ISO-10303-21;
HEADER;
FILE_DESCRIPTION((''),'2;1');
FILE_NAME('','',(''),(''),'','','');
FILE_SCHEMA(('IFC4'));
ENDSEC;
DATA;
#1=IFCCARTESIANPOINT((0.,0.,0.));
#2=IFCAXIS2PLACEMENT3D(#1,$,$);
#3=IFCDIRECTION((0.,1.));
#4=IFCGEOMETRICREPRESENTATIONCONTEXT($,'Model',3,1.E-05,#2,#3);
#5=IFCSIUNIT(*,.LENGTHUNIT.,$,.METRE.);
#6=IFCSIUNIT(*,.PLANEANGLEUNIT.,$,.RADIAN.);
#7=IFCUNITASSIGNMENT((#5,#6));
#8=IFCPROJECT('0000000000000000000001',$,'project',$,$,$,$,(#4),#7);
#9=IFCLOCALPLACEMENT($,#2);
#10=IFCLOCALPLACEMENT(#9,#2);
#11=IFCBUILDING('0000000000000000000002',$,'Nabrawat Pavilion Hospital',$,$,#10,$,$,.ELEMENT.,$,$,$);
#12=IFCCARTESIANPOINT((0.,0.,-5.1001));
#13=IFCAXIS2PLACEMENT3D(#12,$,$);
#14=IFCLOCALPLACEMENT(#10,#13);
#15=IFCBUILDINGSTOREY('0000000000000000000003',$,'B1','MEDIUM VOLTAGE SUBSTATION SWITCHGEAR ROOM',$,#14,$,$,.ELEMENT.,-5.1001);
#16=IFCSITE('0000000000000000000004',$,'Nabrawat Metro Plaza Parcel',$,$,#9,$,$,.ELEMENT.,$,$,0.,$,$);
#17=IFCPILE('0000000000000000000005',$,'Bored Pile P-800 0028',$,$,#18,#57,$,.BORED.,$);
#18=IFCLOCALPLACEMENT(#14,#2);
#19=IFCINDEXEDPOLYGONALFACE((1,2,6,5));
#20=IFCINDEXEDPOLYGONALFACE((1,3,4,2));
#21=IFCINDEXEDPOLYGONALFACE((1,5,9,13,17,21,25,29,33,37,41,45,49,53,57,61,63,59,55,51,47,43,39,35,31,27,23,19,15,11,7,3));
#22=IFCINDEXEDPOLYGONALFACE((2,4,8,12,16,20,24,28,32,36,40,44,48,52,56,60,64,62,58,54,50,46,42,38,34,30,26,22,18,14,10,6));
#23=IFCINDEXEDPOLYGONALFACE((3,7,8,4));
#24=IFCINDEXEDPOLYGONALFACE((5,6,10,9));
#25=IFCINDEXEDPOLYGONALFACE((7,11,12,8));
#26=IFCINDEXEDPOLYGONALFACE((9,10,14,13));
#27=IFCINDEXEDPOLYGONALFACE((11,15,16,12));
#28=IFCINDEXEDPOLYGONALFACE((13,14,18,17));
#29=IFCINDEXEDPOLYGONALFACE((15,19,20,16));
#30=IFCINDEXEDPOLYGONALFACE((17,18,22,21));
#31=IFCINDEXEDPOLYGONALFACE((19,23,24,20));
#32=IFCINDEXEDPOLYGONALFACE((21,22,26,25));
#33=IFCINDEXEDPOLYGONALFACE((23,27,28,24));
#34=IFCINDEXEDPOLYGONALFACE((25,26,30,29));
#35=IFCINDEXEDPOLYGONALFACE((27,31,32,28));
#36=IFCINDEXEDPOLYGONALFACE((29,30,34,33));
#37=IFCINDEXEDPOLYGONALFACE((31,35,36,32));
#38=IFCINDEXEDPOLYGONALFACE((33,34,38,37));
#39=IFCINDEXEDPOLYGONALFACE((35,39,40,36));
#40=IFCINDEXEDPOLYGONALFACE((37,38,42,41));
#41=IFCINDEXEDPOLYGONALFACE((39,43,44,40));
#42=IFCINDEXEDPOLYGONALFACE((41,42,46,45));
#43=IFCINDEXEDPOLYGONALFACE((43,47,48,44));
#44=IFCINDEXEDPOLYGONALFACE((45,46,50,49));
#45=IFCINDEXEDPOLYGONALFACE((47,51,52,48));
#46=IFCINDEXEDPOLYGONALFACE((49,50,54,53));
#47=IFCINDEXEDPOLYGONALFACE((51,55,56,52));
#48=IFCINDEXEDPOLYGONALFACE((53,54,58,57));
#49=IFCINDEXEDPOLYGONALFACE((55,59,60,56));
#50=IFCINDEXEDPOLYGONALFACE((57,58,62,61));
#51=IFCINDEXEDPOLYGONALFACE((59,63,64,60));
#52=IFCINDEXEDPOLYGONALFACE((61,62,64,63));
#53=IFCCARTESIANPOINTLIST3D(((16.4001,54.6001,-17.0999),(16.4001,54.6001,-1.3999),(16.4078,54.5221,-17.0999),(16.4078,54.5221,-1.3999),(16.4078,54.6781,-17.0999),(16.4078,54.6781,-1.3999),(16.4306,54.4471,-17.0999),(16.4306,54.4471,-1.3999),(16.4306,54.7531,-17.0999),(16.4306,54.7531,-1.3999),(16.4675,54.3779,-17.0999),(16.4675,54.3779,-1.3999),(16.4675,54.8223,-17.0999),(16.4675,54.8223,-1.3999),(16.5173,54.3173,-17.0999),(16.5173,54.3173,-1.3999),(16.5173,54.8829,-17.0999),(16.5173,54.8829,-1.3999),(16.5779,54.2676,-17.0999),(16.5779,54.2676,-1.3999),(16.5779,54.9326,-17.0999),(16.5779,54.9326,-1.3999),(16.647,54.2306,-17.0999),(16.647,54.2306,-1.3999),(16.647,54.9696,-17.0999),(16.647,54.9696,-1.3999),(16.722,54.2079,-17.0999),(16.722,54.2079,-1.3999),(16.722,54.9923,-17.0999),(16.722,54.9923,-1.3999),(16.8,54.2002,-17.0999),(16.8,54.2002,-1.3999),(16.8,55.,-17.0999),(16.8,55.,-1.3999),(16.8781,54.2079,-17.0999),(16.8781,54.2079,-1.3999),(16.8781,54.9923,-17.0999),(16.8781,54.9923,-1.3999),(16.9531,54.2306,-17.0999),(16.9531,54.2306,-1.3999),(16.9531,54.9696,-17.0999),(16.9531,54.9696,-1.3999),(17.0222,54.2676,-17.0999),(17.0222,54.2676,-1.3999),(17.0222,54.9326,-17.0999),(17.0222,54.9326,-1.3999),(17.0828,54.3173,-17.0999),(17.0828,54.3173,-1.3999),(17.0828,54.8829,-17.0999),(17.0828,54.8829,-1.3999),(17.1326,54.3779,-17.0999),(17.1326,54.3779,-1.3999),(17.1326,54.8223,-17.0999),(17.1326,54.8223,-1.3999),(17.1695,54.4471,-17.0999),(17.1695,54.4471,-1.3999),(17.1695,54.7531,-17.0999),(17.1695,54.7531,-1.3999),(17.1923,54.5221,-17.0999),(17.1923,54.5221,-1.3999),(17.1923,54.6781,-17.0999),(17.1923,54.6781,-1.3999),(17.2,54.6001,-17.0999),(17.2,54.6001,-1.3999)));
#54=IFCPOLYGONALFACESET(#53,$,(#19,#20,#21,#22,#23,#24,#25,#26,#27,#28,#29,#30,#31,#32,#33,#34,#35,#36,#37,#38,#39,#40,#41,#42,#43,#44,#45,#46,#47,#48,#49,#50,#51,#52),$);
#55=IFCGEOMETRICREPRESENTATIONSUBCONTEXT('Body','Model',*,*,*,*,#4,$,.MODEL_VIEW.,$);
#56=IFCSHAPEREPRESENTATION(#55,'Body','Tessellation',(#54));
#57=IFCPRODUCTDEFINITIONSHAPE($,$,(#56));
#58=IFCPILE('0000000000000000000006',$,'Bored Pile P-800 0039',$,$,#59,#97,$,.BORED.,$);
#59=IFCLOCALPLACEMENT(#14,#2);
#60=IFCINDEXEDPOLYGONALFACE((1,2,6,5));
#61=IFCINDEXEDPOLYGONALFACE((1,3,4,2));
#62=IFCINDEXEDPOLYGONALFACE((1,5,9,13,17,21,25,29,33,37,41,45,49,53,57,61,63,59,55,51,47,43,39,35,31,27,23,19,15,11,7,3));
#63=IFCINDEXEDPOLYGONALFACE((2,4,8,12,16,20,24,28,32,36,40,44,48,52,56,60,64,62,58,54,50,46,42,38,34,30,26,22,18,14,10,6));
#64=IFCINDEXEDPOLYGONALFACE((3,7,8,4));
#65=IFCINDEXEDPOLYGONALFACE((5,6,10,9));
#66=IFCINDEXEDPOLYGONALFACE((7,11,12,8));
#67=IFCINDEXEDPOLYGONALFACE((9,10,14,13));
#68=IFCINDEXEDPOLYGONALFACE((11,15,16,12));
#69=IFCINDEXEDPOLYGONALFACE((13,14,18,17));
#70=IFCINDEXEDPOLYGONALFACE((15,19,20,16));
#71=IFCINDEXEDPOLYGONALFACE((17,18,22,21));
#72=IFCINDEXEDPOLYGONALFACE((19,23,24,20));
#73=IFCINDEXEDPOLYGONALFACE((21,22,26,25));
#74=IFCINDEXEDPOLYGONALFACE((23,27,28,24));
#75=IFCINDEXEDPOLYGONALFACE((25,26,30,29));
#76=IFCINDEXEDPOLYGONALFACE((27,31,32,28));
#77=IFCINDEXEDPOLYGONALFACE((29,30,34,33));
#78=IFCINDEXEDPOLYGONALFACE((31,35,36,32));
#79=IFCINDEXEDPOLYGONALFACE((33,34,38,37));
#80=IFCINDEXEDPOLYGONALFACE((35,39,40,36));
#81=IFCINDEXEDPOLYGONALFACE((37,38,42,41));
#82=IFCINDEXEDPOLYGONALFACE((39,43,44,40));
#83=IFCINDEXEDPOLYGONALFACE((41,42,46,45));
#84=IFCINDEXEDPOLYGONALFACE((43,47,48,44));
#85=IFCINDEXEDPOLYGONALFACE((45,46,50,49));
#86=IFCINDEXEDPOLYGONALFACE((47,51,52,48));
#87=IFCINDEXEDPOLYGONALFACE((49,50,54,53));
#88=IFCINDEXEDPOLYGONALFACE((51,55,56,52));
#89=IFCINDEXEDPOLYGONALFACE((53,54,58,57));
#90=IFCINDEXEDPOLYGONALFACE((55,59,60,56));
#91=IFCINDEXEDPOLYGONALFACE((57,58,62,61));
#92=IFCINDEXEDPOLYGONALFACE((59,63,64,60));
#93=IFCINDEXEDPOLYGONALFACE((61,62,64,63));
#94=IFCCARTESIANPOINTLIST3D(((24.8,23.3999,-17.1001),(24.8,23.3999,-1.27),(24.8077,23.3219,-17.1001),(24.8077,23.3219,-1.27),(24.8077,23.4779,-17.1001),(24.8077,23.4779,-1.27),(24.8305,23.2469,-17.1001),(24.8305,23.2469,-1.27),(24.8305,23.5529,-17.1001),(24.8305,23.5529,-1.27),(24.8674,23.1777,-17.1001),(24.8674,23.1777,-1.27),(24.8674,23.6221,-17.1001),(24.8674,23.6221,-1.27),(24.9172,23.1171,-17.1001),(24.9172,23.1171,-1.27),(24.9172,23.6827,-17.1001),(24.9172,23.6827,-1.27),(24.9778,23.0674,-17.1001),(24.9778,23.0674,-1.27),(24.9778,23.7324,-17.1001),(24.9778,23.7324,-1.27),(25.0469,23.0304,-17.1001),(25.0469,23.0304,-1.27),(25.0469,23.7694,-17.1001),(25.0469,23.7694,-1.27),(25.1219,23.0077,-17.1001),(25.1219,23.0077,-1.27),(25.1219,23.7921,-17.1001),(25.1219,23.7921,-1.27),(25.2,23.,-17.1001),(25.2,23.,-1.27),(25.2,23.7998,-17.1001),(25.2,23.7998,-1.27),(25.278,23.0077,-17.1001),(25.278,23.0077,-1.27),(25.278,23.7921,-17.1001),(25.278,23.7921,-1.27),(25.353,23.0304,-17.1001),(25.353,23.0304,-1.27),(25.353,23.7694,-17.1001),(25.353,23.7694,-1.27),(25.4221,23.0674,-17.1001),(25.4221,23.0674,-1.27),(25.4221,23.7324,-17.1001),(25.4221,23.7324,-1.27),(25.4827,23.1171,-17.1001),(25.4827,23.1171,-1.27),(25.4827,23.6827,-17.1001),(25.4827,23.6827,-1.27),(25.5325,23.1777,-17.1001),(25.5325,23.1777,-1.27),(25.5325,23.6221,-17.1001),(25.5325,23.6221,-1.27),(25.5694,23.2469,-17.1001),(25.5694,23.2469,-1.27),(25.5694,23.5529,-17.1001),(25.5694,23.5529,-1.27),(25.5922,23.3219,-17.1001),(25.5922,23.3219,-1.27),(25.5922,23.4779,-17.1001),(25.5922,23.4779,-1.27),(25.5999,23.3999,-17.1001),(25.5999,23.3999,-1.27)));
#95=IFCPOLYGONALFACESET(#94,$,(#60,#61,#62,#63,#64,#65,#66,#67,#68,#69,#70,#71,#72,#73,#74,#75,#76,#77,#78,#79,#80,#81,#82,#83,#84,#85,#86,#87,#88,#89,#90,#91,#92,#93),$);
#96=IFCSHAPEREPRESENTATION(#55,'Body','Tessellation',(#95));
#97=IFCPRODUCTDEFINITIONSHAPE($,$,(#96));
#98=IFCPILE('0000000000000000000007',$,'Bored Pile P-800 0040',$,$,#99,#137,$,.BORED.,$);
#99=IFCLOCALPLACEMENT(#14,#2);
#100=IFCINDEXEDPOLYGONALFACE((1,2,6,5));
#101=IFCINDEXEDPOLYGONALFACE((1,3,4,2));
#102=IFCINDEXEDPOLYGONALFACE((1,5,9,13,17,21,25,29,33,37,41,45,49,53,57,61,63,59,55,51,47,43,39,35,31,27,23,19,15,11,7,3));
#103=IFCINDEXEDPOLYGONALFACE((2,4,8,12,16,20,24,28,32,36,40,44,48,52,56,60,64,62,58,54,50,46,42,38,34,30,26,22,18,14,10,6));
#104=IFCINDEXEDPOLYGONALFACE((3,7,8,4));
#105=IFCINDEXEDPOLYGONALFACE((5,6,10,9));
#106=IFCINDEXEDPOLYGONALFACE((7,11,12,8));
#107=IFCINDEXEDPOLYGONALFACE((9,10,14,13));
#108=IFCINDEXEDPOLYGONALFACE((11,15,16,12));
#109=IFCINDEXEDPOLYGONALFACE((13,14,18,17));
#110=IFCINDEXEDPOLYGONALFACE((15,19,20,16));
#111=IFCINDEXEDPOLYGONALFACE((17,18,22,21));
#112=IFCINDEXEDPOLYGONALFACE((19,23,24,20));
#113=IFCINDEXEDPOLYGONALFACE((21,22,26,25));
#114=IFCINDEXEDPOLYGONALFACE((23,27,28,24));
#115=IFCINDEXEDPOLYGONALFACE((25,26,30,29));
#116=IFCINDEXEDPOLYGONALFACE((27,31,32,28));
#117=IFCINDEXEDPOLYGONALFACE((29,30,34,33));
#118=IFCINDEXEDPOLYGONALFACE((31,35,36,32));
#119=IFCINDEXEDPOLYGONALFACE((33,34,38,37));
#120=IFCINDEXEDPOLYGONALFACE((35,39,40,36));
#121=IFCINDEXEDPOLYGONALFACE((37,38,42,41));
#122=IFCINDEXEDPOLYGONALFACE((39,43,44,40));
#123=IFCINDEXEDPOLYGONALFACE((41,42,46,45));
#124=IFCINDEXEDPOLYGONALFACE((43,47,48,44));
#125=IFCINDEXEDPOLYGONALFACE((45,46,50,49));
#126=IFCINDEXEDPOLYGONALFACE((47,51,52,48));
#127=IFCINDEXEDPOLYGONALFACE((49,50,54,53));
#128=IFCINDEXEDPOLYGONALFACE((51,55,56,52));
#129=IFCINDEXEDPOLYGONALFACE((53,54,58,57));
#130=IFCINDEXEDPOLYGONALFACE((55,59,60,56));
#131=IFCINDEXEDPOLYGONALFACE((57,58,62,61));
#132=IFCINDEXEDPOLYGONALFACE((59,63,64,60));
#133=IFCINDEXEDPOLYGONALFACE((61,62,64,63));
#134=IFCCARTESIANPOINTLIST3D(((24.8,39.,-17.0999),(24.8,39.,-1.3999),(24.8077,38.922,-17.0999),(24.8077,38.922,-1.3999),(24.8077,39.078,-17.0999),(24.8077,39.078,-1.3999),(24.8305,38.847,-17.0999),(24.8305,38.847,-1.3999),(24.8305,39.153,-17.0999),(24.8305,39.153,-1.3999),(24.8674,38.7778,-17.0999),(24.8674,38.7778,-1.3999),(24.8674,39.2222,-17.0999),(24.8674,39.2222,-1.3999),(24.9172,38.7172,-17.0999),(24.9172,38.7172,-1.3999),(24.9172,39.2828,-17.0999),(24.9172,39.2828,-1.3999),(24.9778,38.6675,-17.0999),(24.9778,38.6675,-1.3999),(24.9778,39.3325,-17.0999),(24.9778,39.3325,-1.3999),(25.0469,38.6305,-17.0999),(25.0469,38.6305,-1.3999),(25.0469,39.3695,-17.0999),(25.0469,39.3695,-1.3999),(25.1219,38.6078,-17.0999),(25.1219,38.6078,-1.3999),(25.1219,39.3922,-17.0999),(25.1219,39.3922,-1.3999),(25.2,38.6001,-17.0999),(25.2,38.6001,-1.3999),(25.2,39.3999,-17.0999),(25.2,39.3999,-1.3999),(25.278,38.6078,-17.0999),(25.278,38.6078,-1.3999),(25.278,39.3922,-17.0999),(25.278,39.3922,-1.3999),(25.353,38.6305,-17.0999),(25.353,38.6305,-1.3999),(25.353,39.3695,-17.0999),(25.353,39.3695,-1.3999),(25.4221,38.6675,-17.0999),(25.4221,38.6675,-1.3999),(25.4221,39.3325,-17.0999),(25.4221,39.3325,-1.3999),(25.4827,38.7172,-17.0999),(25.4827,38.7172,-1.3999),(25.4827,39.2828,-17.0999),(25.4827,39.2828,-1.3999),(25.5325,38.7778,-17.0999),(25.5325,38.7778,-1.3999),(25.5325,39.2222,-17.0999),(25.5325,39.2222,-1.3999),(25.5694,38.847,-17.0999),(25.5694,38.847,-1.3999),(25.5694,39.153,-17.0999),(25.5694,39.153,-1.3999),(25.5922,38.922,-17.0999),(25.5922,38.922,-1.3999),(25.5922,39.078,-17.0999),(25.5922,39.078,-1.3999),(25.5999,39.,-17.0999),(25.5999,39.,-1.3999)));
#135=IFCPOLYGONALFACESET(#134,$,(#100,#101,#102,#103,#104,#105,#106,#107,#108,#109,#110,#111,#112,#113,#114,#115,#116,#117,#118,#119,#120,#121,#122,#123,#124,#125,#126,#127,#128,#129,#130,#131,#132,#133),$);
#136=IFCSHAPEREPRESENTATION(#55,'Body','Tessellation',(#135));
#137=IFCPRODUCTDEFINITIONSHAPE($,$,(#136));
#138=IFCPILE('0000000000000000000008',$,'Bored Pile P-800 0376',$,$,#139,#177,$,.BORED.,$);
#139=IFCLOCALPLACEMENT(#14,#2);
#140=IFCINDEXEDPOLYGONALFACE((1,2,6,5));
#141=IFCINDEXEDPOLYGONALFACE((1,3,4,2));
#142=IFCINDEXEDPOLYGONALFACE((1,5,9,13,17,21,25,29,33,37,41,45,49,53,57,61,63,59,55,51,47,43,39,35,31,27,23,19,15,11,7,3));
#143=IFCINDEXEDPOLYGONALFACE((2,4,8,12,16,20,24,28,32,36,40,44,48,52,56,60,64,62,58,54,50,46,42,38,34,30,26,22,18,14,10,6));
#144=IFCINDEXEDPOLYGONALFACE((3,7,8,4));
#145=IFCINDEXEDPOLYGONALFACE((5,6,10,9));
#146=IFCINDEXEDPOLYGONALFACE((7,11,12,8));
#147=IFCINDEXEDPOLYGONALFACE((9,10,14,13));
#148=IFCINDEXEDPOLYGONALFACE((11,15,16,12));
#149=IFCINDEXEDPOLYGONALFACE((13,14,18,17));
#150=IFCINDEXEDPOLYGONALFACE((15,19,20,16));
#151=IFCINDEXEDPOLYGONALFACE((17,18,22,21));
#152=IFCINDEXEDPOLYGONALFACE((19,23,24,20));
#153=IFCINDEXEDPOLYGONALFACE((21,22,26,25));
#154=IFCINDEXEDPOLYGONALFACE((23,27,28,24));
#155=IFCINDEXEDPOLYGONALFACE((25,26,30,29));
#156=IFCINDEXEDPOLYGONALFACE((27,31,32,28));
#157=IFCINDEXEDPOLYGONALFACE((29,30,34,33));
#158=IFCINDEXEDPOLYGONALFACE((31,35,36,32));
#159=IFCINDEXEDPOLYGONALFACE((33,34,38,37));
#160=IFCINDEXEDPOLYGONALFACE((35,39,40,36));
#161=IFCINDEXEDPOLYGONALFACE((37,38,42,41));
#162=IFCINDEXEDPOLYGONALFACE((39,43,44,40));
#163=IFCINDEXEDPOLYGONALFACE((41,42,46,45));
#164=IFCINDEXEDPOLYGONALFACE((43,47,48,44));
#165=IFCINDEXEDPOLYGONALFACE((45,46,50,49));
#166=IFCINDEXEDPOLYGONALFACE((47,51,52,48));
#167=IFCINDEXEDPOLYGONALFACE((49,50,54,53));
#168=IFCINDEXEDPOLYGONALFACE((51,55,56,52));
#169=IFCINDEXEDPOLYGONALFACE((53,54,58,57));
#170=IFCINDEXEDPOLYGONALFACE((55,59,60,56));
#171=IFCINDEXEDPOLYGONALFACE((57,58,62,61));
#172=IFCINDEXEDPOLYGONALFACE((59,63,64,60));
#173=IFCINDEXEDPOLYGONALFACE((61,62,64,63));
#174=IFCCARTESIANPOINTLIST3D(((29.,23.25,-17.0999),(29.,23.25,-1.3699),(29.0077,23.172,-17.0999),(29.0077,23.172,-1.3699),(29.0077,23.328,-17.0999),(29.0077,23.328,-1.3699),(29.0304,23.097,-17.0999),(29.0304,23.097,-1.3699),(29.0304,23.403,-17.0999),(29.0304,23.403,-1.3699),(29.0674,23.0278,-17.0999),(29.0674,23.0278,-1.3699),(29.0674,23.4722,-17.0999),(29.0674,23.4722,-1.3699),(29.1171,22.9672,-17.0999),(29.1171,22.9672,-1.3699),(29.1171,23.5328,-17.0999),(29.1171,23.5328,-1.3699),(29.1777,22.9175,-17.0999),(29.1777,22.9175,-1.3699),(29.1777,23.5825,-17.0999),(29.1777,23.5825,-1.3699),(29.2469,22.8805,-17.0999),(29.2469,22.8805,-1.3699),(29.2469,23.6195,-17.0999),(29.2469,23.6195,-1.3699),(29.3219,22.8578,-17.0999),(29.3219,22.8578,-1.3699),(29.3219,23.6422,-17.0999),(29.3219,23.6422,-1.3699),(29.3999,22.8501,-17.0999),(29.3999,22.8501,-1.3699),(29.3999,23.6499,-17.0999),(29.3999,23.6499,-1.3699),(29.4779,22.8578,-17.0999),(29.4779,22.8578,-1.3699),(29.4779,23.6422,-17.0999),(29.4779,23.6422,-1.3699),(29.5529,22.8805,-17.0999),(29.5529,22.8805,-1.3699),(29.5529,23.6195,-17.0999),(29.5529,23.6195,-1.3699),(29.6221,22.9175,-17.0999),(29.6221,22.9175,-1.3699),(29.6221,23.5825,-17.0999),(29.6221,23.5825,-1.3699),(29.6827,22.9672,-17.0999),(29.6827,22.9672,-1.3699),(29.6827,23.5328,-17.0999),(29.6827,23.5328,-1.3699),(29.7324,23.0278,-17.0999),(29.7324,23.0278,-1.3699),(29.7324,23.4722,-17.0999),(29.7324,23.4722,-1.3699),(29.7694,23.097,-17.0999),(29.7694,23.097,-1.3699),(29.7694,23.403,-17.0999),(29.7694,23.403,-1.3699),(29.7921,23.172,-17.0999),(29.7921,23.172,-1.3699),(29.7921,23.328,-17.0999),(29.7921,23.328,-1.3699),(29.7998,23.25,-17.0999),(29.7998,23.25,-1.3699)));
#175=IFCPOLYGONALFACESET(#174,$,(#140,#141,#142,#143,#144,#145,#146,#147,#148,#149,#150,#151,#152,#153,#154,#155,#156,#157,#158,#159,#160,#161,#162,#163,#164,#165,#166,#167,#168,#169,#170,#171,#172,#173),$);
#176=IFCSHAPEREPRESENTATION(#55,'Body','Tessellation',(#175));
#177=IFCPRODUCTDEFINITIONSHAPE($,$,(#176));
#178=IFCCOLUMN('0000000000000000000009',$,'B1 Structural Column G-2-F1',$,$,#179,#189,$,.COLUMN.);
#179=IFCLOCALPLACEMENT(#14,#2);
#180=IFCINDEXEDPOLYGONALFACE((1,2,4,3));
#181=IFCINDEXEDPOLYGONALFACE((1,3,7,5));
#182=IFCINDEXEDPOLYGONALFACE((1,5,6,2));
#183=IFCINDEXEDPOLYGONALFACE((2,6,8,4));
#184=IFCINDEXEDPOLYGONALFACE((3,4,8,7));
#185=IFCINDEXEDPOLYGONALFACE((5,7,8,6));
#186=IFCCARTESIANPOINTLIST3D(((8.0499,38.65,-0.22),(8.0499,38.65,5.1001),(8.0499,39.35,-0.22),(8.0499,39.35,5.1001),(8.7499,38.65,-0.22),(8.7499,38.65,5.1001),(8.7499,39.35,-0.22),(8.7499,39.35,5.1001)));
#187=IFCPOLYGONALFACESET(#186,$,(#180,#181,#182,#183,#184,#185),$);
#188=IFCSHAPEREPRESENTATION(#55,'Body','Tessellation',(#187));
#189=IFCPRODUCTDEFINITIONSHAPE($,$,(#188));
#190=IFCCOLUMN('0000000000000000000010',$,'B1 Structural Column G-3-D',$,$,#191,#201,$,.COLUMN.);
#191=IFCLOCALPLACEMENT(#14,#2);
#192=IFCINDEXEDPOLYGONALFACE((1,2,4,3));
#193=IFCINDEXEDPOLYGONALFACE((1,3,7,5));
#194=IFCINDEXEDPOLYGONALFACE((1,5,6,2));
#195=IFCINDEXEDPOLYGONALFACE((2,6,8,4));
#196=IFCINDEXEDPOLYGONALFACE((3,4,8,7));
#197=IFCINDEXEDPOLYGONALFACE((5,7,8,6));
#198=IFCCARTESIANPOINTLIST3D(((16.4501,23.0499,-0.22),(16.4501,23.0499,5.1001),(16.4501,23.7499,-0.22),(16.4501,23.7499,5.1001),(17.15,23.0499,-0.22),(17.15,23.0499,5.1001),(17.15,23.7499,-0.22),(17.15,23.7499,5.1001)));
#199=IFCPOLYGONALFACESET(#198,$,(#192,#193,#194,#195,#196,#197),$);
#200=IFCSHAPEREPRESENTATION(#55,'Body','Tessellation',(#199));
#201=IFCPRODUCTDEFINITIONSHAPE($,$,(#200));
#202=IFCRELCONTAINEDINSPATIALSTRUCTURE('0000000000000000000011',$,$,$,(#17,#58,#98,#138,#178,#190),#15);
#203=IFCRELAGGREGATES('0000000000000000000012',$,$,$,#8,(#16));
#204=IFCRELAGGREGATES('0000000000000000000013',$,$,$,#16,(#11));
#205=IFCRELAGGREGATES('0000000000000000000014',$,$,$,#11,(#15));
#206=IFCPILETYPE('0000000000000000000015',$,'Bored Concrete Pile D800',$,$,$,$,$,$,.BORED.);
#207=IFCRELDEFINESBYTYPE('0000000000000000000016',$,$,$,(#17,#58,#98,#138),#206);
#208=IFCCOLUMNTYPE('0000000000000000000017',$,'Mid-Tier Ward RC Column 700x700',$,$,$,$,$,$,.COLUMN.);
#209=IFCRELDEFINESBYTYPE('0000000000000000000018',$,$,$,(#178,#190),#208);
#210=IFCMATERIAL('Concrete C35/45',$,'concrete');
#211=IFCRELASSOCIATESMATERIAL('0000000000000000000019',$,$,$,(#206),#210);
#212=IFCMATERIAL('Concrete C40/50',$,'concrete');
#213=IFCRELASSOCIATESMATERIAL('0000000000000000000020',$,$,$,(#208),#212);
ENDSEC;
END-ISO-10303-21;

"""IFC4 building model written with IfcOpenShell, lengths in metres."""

from ifc_helpers import new_model, si_unit, direction, frame, origin, origin_2d, place, context, subcontext, project, spatial, rectangle, circle, extrude, material, material_profile, profile_set, type_object, element, save


model = new_model("IFC4")

# Units and contexts
model_context = context("Model", 3, precision=1e-05, world=origin(), true_north=direction((0.0, 1.0)))
body_context = subcontext(model_context, "Body", "Model", "MODEL_VIEW")
ifc_project = project(units=[si_unit("LENGTHUNIT", "METRE"), si_unit("PLANEANGLEUNIT", "RADIAN")], contexts=[model_context])

# Site, building, storey
site_placement = place(None, origin())
site = spatial("IfcSite", under=ifc_project, at=site_placement, Name="Nabrawat Metro Plaza Parcel", CompositionType="ELEMENT", RefElevation=0.0)
building_placement = place(site_placement, origin())
building = spatial("IfcBuilding", under=site, at=building_placement, Name="Nabrawat Pavilion Hospital", CompositionType="ELEMENT")
storey_placement = place(building_placement, frame((0.0, 0.0, -5.1001)))
storey = spatial("IfcBuildingStorey", under=building, at=storey_placement, Name="B1", Description="MEDIUM VOLTAGE SUBSTATION SWITCHGEAR ROOM", CompositionType="ELEMENT", Elevation=-5.1001)

# Piles
ifc_material_1 = material(Name="Concrete C35/45", Category="concrete")
ifc_material_profile_1 = material_profile(ifc_material_1, circle(Radius=0.3999, at=origin_2d()), Name="DIA 800")
ifc_profile_set_1 = profile_set([ifc_material_profile_1], Name="Concrete C35/45")
pile_type_1 = type_object("IfcPileType", Name="Bored Concrete Pile D800", PredefinedType="BORED", material=ifc_profile_set_1)
for number, where, z_axis, x_axis, name in (
    (1, (16.8, 54.6001, -1.3999), (0.0, 0.0, -1.0), (1.0, 0.0, 0.0), "Bored Pile P-800 0028"),
):
    element("IfcPile", number, at=place(storey_placement, frame(where, z_axis=z_axis, x_axis=x_axis)), inside=storey, type_object=pile_type_1, Name=name, PredefinedType="BORED", context=body_context, shape_type="SweptSolid", body=[
        extrude(circle(Radius=0.3999, at=origin_2d()), origin(), (0.0, 0.0, 1.0), 15.7),
    ])
pile_1_placement = place(storey_placement, frame((25.2, 23.3999, -1.27), z_axis=(0.0, 0.0, -1.0), x_axis=(1.0, 0.0, 0.0)))
element("IfcPile", 2, at=pile_1_placement, inside=storey, type_object=pile_type_1, Name="Bored Pile P-800 0039", PredefinedType="BORED", context=body_context, shape_type="SweptSolid", body=[
    extrude(circle(Radius=0.3999, at=origin_2d()), origin(), (0.0, 0.0, 1.0), 15.8301),
])
pile_2_placement = place(storey_placement, frame((25.2, 39.0, -1.3999), z_axis=(0.0, 0.0, -1.0), x_axis=(1.0, 0.0, 0.0)))
element("IfcPile", 3, at=pile_2_placement, inside=storey, type_object=pile_type_1, Name="Bored Pile P-800 0040", PredefinedType="BORED", context=body_context, shape_type="SweptSolid", body=[
    extrude(circle(Radius=0.3999, at=origin_2d()), origin(), (0.0, 0.0, 1.0), 15.7),
])
pile_3_placement = place(storey_placement, frame((29.3999, 23.25, -1.3699), z_axis=(0.0, 0.0, -1.0), x_axis=(1.0, 0.0, 0.0)))
element("IfcPile", 4, at=pile_3_placement, inside=storey, type_object=pile_type_1, Name="Bored Pile P-800 0376", PredefinedType="BORED", context=body_context, shape_type="SweptSolid", body=[
    extrude(circle(Radius=0.3999, at=origin_2d()), origin(), (0.0, 0.0, 1.0), 15.73),
])

# Columns
ifc_material_2 = material(Name="Concrete C40/50", Category="concrete")
ifc_material_profile_2 = material_profile(ifc_material_2, rectangle(XDim=0.7, YDim=0.7, at=origin_2d()), Name="RC 700x700")
ifc_profile_set_2 = profile_set([ifc_material_profile_2], Name="Concrete C40/50")
column_type_1 = type_object("IfcColumnType", Name="Mid-Tier Ward RC Column 700x700", PredefinedType="COLUMN", material=ifc_profile_set_2)
for number, where, z_axis, x_axis, name in (
    (5, (8.3999, 39.0, -0.22), (0.0, 0.0, 1.0), (1.0, 0.0, 0.0), "B1 Structural Column G-2-F1"),
    (6, (16.8, 23.3999, -0.22), (0.0, 0.0, 1.0), (1.0, 0.0, 0.0), "B1 Structural Column G-3-D"),
):
    element("IfcColumn", number, at=place(storey_placement, frame(where, z_axis=z_axis, x_axis=x_axis)), inside=storey, type_object=column_type_1, Name=name, PredefinedType="COLUMN", context=body_context, shape_type="SweptSolid", body=[
        extrude(rectangle(XDim=0.7, YDim=0.7, at=origin_2d()), origin(), (0.0, 0.0, 1.0), 5.3201),
    ])

save(model, "model.ifc")
